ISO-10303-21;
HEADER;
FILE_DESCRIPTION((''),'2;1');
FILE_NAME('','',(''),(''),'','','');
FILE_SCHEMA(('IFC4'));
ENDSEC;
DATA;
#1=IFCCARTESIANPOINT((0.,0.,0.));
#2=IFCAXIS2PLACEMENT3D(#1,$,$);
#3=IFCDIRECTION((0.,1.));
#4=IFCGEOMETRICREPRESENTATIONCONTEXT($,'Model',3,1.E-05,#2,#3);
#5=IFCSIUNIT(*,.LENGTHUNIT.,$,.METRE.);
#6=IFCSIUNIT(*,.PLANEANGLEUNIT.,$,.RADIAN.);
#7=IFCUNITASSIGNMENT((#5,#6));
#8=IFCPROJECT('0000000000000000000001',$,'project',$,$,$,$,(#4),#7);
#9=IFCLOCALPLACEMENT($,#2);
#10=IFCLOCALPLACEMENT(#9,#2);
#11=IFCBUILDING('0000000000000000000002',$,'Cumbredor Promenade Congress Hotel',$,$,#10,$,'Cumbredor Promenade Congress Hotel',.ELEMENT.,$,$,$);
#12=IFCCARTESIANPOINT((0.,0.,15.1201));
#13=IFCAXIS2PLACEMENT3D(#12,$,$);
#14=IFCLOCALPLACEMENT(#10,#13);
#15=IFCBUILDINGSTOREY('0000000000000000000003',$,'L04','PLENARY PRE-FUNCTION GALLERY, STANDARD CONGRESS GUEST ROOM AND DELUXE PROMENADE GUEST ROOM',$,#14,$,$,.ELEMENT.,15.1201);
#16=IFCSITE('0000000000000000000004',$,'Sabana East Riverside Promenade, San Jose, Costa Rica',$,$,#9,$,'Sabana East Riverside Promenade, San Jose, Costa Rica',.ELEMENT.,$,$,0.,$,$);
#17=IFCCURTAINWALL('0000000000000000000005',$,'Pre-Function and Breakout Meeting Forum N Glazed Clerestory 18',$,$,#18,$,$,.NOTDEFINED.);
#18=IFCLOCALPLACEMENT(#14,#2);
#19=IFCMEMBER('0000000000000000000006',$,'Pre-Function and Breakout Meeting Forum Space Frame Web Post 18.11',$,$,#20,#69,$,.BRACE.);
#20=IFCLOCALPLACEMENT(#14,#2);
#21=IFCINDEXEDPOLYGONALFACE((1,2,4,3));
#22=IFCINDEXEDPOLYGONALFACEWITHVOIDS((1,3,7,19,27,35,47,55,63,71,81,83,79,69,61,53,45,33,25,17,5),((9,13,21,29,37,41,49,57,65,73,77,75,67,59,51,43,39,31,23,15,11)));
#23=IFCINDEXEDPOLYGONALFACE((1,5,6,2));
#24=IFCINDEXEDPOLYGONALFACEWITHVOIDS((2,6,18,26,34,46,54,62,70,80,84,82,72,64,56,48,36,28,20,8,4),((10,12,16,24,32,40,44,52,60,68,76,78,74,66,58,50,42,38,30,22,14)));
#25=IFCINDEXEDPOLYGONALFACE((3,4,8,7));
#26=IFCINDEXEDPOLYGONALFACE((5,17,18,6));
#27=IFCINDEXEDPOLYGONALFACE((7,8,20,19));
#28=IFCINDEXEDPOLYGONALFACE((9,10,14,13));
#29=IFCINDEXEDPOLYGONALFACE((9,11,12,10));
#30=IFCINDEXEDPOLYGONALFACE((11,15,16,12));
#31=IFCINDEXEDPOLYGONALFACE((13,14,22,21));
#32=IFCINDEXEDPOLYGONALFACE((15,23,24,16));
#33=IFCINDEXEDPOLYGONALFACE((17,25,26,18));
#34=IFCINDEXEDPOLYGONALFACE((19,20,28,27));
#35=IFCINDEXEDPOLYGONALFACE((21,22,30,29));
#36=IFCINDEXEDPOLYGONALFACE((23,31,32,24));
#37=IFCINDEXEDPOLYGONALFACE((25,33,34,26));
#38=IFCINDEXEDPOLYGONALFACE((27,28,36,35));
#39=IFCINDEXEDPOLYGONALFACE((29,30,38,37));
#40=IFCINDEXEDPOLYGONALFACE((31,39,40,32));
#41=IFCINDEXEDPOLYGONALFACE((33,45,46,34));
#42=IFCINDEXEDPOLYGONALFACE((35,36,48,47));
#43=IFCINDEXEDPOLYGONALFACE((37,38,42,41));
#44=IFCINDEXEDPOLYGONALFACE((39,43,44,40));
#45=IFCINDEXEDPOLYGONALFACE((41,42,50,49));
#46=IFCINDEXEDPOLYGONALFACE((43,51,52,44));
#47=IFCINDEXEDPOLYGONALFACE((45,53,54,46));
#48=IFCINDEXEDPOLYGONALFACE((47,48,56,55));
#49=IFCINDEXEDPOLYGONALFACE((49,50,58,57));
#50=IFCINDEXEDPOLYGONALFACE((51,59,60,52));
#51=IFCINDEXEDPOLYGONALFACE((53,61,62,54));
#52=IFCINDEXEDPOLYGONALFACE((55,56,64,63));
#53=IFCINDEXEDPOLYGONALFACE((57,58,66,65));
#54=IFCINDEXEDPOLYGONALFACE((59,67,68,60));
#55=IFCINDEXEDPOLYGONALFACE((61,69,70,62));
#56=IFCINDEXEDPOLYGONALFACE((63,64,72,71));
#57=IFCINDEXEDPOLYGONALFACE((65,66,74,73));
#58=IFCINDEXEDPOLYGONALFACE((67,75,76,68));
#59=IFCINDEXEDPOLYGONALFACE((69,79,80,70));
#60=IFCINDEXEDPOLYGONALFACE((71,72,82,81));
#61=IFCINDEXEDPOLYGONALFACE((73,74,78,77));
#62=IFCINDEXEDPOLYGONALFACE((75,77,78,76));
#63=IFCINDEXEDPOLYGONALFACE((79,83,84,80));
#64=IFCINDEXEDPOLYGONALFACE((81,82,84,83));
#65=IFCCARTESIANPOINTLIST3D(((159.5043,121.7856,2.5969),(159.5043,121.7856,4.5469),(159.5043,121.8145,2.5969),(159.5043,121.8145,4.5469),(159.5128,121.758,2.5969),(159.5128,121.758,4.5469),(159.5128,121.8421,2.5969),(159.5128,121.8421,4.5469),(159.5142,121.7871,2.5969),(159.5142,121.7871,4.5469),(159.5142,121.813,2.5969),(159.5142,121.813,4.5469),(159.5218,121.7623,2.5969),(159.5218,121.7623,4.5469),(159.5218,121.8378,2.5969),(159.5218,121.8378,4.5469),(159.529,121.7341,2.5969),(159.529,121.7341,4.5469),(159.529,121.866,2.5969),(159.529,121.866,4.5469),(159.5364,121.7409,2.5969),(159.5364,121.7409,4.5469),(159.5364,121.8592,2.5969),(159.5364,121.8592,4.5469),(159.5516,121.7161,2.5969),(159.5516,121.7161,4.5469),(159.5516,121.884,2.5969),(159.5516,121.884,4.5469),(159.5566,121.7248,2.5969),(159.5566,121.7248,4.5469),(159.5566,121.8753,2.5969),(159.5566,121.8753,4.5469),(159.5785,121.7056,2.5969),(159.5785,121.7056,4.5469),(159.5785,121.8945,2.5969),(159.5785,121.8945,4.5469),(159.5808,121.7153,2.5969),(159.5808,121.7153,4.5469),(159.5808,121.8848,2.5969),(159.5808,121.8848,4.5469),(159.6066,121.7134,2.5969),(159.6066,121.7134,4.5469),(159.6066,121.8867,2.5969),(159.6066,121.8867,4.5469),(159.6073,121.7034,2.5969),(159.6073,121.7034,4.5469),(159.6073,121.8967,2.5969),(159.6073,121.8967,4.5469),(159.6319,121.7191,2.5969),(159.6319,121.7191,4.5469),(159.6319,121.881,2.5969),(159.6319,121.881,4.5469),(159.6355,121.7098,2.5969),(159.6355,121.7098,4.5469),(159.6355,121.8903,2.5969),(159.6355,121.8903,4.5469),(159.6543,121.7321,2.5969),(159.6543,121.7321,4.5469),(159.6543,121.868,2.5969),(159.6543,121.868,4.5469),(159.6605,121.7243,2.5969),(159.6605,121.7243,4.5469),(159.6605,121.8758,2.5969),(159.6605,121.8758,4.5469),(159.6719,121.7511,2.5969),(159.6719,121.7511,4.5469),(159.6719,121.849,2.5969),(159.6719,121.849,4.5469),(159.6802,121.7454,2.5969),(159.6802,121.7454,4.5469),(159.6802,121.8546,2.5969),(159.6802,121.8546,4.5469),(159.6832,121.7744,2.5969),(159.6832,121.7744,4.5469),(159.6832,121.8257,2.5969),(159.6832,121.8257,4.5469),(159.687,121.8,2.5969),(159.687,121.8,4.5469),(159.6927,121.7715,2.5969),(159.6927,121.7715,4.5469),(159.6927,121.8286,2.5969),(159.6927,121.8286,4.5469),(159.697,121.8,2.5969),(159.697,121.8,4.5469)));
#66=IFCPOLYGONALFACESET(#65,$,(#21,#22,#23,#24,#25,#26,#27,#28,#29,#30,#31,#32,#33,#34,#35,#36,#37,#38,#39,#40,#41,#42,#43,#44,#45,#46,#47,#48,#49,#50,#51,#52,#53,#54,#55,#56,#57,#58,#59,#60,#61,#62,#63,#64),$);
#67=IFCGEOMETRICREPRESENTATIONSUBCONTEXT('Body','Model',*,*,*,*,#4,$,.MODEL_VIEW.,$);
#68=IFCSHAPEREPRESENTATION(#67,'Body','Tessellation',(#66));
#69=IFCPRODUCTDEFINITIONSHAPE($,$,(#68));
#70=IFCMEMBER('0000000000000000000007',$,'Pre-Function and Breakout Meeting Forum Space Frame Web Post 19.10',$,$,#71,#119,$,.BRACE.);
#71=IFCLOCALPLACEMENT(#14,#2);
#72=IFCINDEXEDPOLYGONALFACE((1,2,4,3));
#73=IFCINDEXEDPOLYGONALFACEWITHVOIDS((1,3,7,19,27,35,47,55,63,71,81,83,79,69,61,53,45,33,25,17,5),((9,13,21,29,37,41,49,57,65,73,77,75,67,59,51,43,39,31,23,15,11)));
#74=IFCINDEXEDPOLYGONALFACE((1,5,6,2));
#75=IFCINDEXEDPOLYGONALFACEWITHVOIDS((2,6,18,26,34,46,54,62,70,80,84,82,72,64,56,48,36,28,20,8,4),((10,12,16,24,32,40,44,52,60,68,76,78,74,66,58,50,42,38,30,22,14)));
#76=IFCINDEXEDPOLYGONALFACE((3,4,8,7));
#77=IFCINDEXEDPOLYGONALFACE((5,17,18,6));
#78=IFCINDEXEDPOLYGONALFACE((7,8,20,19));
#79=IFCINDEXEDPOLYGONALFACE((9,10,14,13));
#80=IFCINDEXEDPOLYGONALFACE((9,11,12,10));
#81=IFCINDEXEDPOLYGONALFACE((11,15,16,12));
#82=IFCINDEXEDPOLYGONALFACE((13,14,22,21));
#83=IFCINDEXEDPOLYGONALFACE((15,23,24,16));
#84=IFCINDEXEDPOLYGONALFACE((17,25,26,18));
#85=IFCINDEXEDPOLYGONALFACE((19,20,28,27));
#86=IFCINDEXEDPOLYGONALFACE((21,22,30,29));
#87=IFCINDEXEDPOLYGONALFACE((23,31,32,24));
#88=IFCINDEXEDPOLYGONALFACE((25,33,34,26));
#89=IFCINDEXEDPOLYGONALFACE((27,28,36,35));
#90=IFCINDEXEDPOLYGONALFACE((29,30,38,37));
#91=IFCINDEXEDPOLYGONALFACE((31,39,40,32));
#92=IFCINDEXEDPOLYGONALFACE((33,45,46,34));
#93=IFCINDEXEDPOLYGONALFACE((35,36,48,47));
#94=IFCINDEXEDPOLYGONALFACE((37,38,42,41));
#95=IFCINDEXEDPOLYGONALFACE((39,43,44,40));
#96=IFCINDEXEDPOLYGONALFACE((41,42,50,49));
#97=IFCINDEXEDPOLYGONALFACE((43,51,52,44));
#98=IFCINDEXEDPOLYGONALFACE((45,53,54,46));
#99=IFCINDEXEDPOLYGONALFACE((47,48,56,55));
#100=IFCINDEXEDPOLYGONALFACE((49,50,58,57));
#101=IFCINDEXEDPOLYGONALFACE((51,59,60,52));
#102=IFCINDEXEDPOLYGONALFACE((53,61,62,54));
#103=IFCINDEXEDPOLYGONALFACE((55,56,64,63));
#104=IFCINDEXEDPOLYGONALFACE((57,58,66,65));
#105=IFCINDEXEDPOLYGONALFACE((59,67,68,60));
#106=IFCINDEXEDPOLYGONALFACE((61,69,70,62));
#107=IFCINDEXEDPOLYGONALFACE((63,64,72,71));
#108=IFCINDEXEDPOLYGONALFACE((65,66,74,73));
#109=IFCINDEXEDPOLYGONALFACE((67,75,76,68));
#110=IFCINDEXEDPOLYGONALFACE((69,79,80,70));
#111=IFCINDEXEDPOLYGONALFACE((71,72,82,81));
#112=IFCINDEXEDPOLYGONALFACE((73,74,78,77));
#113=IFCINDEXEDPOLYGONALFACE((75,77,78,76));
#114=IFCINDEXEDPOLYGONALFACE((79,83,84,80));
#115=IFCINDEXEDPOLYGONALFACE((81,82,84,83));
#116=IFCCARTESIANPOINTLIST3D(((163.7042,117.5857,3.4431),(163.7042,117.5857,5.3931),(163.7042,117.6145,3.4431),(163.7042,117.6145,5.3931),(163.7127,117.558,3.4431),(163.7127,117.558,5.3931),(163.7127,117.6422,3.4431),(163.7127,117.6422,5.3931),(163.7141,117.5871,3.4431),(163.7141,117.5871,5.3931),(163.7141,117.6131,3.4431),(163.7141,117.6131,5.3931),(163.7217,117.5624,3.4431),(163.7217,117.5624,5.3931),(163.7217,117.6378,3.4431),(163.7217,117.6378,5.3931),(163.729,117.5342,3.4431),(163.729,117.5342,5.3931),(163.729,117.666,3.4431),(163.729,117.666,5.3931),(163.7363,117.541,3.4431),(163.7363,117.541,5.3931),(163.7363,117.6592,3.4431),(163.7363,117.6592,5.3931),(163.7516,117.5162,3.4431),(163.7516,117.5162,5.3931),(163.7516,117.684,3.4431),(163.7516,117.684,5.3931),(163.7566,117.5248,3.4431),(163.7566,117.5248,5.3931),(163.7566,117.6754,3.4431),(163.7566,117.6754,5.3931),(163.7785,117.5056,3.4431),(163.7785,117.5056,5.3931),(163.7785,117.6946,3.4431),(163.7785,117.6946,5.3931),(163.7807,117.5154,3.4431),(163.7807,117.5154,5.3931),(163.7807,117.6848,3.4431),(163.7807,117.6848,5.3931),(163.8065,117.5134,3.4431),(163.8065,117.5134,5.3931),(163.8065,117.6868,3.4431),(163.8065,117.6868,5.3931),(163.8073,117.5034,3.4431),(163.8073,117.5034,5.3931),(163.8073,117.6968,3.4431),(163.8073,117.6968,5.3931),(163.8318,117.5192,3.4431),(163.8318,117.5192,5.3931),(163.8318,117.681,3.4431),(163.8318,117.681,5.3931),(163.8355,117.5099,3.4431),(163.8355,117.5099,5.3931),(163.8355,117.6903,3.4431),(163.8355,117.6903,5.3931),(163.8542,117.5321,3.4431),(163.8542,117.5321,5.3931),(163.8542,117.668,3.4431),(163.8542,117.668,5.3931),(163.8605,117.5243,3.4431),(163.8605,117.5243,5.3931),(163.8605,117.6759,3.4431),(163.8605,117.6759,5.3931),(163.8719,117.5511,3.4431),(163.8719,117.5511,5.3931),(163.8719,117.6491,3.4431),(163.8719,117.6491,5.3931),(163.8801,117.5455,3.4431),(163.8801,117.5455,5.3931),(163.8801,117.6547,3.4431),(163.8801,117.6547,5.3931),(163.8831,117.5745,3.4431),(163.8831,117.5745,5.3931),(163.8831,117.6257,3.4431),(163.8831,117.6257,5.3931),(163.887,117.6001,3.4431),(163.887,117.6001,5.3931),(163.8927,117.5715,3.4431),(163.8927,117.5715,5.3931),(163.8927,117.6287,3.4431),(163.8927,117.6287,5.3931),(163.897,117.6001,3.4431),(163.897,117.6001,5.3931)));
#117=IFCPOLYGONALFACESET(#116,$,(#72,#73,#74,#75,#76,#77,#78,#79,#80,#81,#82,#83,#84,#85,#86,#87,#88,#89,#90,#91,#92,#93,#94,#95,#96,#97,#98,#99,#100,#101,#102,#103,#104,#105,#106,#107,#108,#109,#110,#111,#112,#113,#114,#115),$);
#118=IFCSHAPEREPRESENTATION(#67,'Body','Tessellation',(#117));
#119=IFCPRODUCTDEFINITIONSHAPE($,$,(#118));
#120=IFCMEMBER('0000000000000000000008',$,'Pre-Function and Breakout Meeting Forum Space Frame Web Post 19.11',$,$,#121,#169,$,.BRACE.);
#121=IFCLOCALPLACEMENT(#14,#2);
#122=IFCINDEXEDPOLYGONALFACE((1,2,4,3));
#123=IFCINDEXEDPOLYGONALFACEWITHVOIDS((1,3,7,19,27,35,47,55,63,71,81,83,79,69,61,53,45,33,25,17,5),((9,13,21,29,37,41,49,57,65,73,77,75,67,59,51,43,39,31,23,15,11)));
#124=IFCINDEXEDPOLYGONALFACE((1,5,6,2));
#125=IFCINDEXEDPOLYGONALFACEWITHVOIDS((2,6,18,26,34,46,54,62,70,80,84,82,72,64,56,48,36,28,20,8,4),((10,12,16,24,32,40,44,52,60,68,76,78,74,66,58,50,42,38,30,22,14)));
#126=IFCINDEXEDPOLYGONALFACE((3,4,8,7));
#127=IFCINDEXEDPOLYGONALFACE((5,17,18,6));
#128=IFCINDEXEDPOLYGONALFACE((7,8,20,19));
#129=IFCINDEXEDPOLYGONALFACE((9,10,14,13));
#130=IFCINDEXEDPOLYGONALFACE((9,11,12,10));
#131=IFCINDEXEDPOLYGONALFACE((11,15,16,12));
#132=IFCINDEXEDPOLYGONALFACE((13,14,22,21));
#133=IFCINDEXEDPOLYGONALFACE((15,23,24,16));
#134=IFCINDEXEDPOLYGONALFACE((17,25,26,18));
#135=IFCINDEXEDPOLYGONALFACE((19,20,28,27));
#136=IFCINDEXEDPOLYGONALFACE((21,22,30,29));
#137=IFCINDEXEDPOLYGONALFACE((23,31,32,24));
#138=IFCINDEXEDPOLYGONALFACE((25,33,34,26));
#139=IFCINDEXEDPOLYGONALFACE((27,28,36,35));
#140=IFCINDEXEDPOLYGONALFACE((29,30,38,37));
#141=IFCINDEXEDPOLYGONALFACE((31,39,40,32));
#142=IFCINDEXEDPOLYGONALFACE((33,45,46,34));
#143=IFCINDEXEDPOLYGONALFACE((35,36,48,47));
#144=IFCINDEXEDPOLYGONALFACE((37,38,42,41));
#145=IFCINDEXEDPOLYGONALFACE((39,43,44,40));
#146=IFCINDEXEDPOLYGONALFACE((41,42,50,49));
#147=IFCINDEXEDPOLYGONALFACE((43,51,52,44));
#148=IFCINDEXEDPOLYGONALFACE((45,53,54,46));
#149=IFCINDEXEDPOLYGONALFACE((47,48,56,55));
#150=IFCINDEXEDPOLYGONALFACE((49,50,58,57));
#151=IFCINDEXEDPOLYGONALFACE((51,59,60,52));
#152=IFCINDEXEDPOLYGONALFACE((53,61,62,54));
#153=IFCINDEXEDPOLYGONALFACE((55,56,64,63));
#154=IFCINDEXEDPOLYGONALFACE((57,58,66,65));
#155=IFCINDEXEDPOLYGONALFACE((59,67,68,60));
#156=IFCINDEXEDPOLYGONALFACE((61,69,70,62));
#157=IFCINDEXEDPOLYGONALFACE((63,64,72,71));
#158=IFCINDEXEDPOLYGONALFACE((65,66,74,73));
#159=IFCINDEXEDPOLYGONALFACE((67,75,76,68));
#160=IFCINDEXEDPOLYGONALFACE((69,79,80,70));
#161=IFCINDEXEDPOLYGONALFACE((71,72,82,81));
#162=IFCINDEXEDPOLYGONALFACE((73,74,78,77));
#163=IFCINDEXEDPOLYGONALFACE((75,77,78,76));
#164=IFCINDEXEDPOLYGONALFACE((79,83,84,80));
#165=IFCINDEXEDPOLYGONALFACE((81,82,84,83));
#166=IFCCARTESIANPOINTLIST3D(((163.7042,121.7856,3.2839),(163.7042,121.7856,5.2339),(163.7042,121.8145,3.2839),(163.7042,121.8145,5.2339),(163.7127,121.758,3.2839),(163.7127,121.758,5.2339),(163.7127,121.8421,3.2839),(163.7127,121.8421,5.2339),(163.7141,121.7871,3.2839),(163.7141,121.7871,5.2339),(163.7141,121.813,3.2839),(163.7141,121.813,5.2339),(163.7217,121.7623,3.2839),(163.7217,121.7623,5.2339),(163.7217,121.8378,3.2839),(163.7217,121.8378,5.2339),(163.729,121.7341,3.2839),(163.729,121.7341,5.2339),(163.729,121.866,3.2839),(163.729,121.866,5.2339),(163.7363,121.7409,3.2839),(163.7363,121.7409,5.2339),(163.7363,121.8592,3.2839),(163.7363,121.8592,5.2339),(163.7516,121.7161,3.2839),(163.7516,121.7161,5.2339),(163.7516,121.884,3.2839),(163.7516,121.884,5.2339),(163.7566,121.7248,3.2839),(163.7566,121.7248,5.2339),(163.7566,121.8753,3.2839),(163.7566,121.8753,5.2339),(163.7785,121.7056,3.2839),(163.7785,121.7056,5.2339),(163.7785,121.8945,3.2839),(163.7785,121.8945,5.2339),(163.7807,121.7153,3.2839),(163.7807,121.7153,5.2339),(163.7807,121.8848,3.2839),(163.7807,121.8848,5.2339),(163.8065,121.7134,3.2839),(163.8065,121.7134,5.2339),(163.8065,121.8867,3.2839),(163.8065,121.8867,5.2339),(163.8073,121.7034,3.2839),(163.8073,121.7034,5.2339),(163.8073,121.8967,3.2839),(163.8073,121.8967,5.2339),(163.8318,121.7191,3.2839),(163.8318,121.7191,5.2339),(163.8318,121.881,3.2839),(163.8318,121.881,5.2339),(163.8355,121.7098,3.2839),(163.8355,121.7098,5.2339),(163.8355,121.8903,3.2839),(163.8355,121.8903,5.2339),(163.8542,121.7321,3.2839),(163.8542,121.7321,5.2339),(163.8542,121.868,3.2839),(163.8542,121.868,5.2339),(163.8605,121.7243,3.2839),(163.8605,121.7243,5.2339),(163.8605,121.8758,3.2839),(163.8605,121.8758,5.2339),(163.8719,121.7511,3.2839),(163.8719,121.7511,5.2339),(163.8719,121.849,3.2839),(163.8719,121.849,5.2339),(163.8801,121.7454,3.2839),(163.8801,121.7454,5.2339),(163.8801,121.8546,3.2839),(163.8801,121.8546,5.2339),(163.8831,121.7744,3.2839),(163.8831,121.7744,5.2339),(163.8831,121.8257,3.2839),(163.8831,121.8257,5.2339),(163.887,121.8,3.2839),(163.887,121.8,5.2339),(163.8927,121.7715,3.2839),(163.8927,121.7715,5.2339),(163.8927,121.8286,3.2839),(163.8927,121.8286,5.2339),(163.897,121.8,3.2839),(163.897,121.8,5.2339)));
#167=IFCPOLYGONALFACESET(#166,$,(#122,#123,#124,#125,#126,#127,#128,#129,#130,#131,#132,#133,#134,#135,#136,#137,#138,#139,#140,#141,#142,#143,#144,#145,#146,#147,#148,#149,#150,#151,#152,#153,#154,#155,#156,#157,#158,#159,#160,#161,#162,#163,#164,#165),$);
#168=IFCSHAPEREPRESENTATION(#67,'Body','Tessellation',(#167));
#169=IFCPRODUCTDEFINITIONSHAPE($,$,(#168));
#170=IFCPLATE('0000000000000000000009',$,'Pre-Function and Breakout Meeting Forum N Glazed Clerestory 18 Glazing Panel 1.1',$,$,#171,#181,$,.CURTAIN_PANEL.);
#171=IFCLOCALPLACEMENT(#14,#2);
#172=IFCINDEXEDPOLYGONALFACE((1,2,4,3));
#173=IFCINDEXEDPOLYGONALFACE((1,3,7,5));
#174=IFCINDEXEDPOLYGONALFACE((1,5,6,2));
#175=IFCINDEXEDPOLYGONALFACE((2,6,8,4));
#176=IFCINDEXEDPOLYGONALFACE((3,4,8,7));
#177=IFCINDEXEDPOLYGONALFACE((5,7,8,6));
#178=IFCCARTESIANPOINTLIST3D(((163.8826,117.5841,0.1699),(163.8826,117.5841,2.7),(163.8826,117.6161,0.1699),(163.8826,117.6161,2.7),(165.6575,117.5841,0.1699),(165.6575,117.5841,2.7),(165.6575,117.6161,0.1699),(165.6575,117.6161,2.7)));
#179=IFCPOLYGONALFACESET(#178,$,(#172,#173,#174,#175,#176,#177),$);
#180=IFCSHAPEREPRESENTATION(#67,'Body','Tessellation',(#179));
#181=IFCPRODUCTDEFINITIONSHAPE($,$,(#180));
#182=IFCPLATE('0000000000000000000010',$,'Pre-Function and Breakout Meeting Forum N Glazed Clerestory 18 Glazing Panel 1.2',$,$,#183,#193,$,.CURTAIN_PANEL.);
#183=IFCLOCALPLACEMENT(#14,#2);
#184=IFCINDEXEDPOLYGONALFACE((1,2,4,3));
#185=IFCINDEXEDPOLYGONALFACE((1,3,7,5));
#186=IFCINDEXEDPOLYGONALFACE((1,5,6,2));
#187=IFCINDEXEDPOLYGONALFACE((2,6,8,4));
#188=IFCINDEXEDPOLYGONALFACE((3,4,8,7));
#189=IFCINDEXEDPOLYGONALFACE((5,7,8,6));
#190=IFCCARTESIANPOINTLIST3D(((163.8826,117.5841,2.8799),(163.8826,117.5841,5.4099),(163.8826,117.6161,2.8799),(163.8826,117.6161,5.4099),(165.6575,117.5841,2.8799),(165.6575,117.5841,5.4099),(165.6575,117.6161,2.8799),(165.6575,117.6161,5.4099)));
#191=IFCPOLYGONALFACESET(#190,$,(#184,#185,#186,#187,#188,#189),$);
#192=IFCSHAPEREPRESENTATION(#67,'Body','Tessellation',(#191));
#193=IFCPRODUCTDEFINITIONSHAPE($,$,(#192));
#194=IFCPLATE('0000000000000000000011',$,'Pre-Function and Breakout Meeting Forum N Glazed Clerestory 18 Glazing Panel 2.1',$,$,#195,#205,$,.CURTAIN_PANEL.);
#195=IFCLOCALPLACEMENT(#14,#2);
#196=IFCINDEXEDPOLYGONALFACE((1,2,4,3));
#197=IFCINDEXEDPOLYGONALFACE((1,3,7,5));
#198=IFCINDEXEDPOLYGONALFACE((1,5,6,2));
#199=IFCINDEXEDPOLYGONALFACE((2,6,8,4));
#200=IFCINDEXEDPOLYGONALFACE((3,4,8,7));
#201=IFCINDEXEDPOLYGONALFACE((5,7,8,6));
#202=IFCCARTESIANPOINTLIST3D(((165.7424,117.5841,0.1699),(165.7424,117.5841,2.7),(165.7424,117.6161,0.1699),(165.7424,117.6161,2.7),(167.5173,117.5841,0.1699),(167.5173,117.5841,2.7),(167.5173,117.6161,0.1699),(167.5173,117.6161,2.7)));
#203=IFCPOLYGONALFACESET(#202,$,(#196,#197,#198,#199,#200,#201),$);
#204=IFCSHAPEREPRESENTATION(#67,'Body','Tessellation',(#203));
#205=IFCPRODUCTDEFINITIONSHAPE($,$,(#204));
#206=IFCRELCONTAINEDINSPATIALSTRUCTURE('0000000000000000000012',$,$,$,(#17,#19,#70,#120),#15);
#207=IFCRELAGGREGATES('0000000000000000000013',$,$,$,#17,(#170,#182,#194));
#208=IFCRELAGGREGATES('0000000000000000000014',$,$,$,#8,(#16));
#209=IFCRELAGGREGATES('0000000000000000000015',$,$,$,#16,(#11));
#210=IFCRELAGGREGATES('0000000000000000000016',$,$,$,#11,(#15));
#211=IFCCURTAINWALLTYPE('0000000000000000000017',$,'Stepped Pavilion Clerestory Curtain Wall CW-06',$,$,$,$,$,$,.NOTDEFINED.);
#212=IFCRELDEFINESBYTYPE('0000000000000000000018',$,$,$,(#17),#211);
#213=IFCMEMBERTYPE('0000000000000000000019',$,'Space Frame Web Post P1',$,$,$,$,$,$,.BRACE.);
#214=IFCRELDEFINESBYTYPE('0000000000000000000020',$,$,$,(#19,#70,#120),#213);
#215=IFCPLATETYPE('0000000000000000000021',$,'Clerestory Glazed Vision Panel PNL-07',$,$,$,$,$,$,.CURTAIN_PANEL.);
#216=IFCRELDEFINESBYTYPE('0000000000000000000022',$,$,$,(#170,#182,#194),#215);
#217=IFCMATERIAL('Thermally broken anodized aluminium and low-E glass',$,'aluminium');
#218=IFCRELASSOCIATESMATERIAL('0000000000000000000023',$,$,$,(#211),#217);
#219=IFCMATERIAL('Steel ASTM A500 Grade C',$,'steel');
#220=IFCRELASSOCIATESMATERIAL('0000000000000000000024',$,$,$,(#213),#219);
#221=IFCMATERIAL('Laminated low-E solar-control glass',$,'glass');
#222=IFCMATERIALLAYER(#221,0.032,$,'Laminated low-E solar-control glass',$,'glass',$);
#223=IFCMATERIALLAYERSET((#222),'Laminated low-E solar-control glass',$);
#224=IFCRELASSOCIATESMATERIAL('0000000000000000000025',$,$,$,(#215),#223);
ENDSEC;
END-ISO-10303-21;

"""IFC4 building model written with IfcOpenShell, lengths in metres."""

from ifc_helpers import new_model, si_unit, direction, frame, origin, origin_2d, place, context, subcontext, project, spatial, rectangle, hollow_circle, extrude, material, layer, layer_set, material_profile, profile_set, type_object, element, aggregate, save


model = new_model("IFC4")

# Units and contexts
model_context = context("Model", 3, precision=1e-05, world=origin(), true_north=direction((0.0, 1.0)))
body_context = subcontext(model_context, "Body", "Model", "MODEL_VIEW")
ifc_project = project(units=[si_unit("LENGTHUNIT", "METRE"), si_unit("PLANEANGLEUNIT", "RADIAN")], contexts=[model_context])

# Site, building, storey
site_placement = place(None, origin())
site = spatial("IfcSite", under=ifc_project, at=site_placement, Name="Sabana East Riverside Promenade, San Jose, Costa Rica", LongName="Sabana East Riverside Promenade, San Jose, Costa Rica", CompositionType="ELEMENT", RefElevation=0.0)
building_placement = place(site_placement, origin())
building = spatial("IfcBuilding", under=site, at=building_placement, Name="Cumbredor Promenade Congress Hotel", LongName="Cumbredor Promenade Congress Hotel", CompositionType="ELEMENT")
storey_placement = place(building_placement, frame((0.0, 0.0, 15.1201)))
storey = spatial("IfcBuildingStorey", under=building, at=storey_placement, Name="L04", Description="PLENARY PRE-FUNCTION GALLERY, STANDARD CONGRESS GUEST ROOM AND DELUXE PROMENADE GUEST ROOM", CompositionType="ELEMENT", Elevation=15.1201)

# Curtain wall
ifc_material_1 = material(Name="Thermally broken anodized aluminium and low-E glass", Category="aluminium")
curtain_wall_type = type_object("IfcCurtainWallType", Name="Stepped Pavilion Clerestory Curtain Wall CW-06", PredefinedType="NOTDEFINED", material=ifc_material_1)
curtain_wall_placement = place(storey_placement, origin())
curtain_wall = element("IfcCurtainWall", 1, at=curtain_wall_placement, inside=storey, type_object=curtain_wall_type, Name="Pre-Function and Breakout Meeting Forum N Glazed Clerestory 18", PredefinedType="NOTDEFINED")

# Members
ifc_material_2 = material(Name="Steel ASTM A500 Grade C", Category="steel")
ifc_material_profile_1 = material_profile(ifc_material_2, hollow_circle(Radius=0.0969, WallThickness=0.01, at=origin_2d()), Name="CHS 193.7x10")
ifc_profile_set_1 = profile_set([ifc_material_profile_1], Name="Steel ASTM A500 Grade C")
member_type_1 = type_object("IfcMemberType", Name="Space Frame Web Post P1", PredefinedType="BRACE", material=ifc_profile_set_1)
for number, where, z_axis, x_axis, name in (
    (2, (159.6001, 121.8, 2.5969), (0.0, 0.0, 1.0), (1.0, 0.0, 0.0), "Pre-Function and Breakout Meeting Forum Space Frame Web Post 18.11"),
    (3, (163.8, 117.6001, 3.4431), (0.0, 0.0, 1.0), (1.0, 0.0, 0.0), "Pre-Function and Breakout Meeting Forum Space Frame Web Post 19.10"),
    (4, (163.8, 121.8, 3.2839), (0.0, 0.0, 1.0), (1.0, 0.0, 0.0), "Pre-Function and Breakout Meeting Forum Space Frame Web Post 19.11"),
):
    element("IfcMember", number, at=place(storey_placement, frame(where, z_axis=z_axis, x_axis=x_axis)), inside=storey, type_object=member_type_1, Name=name, PredefinedType="BRACE", context=body_context, shape_type="SweptSolid", body=[
        extrude(hollow_circle(Radius=0.0969, WallThickness=0.01, at=origin_2d()), origin(), (0.0, 0.0, 1.0), 1.95),
    ])

# Plates
ifc_material_3 = material(Name="Laminated low-E solar-control glass", Category="glass")
ifc_layer_1 = layer(ifc_material_3, 0.032, Name="Laminated low-E solar-control glass", Category="glass")
ifc_layer_set_1 = layer_set([ifc_layer_1], Name="Laminated low-E solar-control glass")
plate_type_1 = type_object("IfcPlateType", Name="Clerestory Glazed Vision Panel PNL-07", PredefinedType="CURTAIN_PANEL", material=ifc_layer_set_1)
plate_1_placement = place(storey_placement, frame((164.77, 117.6001, 0.1699), z_axis=(0.0, 0.0, 1.0), x_axis=(1.0, 0.0, 0.0)))
plate_1 = element("IfcPlate", 5, at=plate_1_placement, type_object=plate_type_1, Name="Pre-Function and Breakout Meeting Forum N Glazed Clerestory 18 Glazing Panel 1.1", PredefinedType="CURTAIN_PANEL", context=body_context, shape_type="SweptSolid", body=[
    extrude(rectangle(XDim=1.7749, YDim=0.032, at=origin_2d()), origin(), (0.0, 0.0, 1.0), 2.53),
])
plate_2_placement = place(storey_placement, frame((164.77, 117.6001, 2.8799), z_axis=(0.0, 0.0, 1.0), x_axis=(1.0, 0.0, 0.0)))
plate_2 = element("IfcPlate", 6, at=plate_2_placement, type_object=plate_type_1, Name="Pre-Function and Breakout Meeting Forum N Glazed Clerestory 18 Glazing Panel 1.2", PredefinedType="CURTAIN_PANEL", context=body_context, shape_type="SweptSolid", body=[
    extrude(rectangle(XDim=1.7749, YDim=0.032, at=origin_2d()), origin(), (0.0, 0.0, 1.0), 2.53),
])
plate_3_placement = place(storey_placement, frame((166.6299, 117.6001, 0.1699), z_axis=(0.0, 0.0, 1.0), x_axis=(1.0, 0.0, 0.0)))
plate_3 = element("IfcPlate", 7, at=plate_3_placement, type_object=plate_type_1, Name="Pre-Function and Breakout Meeting Forum N Glazed Clerestory 18 Glazing Panel 2.1", PredefinedType="CURTAIN_PANEL", context=body_context, shape_type="SweptSolid", body=[
    extrude(rectangle(XDim=1.7749, YDim=0.032, at=origin_2d()), origin(), (0.0, 0.0, 1.0), 2.53),
])
aggregate(curtain_wall, [plate_1, plate_2, plate_3])

save(model, "model.ifc")
